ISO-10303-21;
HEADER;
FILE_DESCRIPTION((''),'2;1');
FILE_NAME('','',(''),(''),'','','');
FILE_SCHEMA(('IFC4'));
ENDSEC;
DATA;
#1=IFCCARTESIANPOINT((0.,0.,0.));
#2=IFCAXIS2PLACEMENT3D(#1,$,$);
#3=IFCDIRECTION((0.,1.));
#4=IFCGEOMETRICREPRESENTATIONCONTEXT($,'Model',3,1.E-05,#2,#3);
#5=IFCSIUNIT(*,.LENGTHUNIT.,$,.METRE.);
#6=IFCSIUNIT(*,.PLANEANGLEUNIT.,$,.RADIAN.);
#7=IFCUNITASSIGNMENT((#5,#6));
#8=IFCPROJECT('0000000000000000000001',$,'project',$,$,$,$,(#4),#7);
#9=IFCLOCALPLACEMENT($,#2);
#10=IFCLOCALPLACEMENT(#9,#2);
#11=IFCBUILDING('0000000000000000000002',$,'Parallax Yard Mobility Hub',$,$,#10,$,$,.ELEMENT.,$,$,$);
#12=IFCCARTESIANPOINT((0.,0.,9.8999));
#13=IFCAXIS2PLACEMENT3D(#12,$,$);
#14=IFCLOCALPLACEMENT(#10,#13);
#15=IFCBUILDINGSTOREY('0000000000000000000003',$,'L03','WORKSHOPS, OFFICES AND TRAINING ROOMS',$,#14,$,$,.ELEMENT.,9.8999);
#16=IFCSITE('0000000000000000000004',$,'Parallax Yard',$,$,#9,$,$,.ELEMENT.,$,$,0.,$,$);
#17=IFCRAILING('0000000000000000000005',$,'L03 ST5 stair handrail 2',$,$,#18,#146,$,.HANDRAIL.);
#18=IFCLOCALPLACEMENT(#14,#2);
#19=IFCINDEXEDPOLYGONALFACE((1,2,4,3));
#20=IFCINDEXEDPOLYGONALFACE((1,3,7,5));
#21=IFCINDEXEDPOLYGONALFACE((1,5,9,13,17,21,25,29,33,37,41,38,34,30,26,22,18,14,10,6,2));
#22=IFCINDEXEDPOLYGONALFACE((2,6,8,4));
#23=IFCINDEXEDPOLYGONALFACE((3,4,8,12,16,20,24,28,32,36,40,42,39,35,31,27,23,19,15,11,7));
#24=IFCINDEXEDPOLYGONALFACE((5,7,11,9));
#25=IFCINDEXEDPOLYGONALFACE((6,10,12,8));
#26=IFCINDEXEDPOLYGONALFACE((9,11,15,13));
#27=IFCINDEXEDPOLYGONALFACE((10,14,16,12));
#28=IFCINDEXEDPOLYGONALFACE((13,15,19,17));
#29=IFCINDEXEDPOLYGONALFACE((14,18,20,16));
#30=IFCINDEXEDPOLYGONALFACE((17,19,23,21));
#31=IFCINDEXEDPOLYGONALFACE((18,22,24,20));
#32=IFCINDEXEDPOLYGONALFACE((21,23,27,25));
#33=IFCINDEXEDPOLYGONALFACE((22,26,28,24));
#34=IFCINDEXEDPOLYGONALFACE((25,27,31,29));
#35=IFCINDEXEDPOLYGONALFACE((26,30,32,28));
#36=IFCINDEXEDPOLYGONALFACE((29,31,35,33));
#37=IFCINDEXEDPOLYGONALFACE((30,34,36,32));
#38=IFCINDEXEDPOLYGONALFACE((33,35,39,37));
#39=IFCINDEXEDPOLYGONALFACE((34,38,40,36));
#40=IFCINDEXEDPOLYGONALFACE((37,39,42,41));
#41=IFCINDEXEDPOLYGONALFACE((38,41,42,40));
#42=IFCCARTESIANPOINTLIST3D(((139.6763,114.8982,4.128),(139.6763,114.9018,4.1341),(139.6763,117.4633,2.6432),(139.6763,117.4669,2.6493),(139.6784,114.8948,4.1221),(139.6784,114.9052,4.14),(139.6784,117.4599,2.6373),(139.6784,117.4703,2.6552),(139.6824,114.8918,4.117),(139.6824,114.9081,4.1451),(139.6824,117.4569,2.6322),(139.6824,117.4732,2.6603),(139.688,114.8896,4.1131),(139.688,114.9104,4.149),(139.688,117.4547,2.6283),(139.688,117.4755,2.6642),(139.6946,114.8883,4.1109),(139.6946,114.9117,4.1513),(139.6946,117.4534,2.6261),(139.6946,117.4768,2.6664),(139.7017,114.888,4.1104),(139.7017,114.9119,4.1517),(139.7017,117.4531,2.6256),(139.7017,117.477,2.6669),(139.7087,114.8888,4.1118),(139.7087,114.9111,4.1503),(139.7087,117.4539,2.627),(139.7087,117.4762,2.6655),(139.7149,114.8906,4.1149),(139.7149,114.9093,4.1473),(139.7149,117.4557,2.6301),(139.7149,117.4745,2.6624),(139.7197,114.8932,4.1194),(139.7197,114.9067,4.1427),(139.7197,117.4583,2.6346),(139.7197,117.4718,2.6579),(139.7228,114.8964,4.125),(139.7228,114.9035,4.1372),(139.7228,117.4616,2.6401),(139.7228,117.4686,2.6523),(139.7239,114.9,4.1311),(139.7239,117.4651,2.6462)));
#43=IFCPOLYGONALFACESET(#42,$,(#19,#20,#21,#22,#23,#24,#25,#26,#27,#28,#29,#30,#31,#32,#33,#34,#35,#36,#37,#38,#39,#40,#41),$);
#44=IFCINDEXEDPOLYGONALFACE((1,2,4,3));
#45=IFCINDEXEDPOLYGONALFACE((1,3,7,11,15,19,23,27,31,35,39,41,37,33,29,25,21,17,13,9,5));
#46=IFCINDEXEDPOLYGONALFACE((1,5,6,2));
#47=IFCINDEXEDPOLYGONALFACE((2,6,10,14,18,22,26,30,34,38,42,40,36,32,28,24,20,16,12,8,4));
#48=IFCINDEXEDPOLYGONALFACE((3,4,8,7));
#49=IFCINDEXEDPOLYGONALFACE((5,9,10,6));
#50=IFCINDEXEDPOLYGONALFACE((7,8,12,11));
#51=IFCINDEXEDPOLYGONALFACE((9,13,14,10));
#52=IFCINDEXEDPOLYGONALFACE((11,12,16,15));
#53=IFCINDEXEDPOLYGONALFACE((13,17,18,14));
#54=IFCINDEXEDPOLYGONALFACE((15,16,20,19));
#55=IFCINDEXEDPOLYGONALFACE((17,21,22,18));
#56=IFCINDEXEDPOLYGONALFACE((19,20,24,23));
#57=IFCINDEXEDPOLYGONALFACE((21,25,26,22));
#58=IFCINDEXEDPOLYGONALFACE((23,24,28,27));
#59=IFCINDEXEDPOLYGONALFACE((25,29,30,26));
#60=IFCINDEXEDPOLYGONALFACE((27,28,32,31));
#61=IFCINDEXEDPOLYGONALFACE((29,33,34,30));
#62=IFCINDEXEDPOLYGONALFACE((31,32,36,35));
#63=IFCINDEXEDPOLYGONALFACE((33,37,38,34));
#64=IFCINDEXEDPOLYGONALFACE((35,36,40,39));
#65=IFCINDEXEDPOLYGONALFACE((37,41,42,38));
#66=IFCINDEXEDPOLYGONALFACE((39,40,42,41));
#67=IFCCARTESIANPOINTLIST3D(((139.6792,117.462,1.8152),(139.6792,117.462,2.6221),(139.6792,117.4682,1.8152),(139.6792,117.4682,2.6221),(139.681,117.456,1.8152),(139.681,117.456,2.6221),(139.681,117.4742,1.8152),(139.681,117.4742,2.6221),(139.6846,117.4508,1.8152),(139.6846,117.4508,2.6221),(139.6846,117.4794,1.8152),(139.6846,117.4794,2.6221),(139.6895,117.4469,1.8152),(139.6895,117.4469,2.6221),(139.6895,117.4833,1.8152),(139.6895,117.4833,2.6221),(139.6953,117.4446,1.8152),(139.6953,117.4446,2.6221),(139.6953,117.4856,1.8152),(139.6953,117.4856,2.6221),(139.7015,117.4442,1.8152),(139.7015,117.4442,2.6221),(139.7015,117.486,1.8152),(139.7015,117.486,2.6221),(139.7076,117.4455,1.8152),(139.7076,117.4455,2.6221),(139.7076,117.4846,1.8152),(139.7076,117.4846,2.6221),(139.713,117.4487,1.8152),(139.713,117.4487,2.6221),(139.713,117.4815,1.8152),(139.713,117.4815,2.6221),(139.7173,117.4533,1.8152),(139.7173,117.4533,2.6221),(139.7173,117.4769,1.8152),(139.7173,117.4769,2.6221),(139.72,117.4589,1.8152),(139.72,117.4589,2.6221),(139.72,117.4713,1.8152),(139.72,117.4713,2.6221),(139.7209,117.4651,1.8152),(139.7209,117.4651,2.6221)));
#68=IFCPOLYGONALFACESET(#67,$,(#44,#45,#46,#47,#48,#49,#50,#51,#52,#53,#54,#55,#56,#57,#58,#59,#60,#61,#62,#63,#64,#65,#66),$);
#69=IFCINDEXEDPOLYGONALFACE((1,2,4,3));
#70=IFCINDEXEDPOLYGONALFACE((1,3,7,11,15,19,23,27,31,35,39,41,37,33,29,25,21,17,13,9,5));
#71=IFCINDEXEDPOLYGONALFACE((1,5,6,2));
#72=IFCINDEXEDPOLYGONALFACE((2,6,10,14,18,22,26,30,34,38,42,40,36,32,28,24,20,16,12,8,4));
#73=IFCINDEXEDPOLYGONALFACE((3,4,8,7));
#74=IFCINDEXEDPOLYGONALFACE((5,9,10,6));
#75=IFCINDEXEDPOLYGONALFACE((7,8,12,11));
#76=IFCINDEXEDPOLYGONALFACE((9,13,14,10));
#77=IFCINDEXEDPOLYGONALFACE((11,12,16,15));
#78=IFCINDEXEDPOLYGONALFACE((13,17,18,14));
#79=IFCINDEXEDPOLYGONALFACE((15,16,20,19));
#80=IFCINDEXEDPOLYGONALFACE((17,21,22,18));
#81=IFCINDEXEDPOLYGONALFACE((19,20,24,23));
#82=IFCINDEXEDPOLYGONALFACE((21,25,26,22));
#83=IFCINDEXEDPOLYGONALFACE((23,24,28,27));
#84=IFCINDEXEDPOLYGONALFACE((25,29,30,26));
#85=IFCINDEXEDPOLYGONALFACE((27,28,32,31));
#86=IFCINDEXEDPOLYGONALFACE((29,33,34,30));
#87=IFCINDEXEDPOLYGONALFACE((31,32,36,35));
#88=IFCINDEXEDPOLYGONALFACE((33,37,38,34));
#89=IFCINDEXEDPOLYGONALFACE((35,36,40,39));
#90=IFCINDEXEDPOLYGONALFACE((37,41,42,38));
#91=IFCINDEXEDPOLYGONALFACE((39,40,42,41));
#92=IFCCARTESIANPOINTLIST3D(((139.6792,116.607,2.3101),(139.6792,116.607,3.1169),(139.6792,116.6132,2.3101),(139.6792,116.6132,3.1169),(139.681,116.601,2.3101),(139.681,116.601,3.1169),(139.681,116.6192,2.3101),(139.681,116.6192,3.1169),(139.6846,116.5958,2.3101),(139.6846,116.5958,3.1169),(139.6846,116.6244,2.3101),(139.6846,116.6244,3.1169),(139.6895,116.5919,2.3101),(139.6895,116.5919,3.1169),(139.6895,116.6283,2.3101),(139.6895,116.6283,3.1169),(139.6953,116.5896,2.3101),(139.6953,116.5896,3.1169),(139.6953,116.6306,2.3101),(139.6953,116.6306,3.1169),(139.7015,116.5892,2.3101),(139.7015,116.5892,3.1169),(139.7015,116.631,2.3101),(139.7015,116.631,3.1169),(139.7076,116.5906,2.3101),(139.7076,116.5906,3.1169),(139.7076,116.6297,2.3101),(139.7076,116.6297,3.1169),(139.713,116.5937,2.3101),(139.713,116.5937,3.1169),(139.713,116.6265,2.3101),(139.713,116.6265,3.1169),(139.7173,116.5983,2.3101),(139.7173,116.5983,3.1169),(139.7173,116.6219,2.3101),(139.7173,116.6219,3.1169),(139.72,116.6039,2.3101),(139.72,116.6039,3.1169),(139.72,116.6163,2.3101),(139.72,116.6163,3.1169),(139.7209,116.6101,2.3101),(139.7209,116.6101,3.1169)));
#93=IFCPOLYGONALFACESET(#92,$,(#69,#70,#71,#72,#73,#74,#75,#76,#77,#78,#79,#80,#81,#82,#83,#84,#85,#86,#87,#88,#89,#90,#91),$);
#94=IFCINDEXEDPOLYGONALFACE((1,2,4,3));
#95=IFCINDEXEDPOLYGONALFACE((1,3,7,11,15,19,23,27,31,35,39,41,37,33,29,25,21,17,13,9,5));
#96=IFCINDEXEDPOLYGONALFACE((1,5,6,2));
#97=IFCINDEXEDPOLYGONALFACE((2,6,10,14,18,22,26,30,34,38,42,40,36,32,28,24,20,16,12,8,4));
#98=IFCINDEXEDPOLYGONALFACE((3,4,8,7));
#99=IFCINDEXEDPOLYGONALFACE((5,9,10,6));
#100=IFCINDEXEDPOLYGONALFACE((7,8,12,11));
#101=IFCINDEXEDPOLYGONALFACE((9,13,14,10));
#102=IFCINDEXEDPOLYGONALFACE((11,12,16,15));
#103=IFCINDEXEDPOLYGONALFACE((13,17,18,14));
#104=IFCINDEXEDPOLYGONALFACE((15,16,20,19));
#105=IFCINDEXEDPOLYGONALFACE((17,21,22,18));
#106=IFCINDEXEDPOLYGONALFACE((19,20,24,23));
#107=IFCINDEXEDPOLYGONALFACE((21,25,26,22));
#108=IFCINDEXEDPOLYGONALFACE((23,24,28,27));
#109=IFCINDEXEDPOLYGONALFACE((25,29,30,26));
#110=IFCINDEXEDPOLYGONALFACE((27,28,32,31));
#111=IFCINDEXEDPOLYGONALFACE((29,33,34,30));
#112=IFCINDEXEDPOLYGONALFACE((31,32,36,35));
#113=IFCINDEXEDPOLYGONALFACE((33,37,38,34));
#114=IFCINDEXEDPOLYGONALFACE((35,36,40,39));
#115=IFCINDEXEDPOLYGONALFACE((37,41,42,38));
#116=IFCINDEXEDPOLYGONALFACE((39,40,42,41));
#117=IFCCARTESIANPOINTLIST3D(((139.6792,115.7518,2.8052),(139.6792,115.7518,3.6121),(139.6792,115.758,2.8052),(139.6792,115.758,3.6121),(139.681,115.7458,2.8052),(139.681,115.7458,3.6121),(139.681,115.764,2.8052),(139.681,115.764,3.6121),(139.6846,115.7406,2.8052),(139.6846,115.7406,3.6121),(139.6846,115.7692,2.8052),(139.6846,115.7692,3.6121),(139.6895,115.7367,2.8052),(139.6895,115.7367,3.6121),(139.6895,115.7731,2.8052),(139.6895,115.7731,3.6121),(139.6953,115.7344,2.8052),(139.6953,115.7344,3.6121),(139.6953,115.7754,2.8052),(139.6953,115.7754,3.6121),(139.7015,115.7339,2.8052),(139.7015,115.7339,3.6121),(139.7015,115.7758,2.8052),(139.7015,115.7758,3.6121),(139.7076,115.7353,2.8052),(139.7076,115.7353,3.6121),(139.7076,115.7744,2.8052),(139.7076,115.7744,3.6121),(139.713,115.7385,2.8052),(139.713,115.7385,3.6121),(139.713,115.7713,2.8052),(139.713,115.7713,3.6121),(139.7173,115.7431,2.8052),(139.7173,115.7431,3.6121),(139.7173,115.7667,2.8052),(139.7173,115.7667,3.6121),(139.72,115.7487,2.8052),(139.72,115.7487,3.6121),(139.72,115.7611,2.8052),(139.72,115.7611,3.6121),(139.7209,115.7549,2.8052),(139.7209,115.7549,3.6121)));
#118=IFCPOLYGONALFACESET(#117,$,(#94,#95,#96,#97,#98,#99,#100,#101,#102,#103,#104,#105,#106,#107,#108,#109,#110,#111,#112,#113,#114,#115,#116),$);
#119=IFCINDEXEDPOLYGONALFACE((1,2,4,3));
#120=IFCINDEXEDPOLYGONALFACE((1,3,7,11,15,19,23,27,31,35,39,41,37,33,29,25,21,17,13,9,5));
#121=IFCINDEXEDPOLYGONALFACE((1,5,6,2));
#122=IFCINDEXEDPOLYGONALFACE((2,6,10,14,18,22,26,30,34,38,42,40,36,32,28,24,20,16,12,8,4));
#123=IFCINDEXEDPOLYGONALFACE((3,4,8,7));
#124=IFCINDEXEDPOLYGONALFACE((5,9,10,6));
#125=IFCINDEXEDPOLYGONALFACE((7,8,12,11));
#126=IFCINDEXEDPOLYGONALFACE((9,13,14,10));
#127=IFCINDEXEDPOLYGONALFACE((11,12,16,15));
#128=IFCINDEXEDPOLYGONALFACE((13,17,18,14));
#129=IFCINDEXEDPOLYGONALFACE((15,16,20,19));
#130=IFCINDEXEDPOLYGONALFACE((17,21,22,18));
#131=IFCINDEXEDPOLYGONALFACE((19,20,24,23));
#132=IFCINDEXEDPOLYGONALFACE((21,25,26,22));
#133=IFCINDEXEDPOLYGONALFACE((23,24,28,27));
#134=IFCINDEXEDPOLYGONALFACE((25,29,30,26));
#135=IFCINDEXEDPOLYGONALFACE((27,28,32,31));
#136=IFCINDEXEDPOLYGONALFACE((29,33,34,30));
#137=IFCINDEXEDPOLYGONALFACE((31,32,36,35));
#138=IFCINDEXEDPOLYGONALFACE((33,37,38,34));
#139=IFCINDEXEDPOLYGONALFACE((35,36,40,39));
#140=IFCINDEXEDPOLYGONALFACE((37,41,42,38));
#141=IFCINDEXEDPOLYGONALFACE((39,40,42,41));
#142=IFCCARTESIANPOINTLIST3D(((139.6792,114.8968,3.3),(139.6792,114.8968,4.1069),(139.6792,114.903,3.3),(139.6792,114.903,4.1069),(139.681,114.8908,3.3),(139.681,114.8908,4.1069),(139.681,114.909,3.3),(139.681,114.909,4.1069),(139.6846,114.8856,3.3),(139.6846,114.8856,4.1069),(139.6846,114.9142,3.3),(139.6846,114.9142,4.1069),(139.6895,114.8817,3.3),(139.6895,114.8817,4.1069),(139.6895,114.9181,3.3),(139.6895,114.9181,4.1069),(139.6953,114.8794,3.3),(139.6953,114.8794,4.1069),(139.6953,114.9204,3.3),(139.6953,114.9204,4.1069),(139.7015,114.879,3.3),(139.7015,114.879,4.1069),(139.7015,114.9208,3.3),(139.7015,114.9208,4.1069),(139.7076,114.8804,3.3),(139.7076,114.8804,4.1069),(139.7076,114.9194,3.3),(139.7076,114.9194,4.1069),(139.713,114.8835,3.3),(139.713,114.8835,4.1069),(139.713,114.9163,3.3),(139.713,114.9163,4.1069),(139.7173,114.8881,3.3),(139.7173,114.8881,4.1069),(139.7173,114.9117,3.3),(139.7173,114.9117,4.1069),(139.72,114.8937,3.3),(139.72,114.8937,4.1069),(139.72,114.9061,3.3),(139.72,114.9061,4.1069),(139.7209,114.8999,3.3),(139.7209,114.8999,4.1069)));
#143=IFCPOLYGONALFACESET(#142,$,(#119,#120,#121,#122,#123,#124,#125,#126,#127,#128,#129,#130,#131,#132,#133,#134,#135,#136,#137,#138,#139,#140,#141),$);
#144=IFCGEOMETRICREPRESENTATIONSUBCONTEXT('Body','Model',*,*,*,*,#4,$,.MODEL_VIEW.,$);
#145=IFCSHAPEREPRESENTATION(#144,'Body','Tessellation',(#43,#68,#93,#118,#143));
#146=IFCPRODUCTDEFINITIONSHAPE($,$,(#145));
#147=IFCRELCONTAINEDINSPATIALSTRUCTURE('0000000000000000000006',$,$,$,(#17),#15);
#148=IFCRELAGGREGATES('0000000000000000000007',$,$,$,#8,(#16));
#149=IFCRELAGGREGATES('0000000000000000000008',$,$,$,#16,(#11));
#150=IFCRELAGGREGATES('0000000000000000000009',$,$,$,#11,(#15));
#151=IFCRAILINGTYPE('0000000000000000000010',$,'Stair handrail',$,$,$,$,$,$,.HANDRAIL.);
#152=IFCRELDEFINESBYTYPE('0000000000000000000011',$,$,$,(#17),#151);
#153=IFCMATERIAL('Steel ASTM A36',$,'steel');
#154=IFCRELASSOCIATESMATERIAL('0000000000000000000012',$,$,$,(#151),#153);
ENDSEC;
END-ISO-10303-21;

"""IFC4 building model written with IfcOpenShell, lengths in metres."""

from ifc_helpers import new_model, si_unit, direction, frame, origin, origin_2d, place, context, subcontext, project, spatial, circle, extrude, material, type_object, element, save


model = new_model("IFC4")

# Units and contexts
model_context = context("Model", 3, precision=1e-05, world=origin(), true_north=direction((0.0, 1.0)))
body_context = subcontext(model_context, "Body", "Model", "MODEL_VIEW")
ifc_project = project(units=[si_unit("LENGTHUNIT", "METRE"), si_unit("PLANEANGLEUNIT", "RADIAN")], contexts=[model_context])

# Site, building, storey
site_placement = place(None, origin())
site = spatial("IfcSite", under=ifc_project, at=site_placement, Name="Parallax Yard", CompositionType="ELEMENT", RefElevation=0.0)
building_placement = place(site_placement, origin())
building = spatial("IfcBuilding", under=site, at=building_placement, Name="Parallax Yard Mobility Hub", CompositionType="ELEMENT")
storey_placement = place(building_placement, frame((0.0, 0.0, 9.8999)))
storey = spatial("IfcBuildingStorey", under=building, at=storey_placement, Name="L03", Description="WORKSHOPS, OFFICES AND TRAINING ROOMS", CompositionType="ELEMENT", Elevation=9.8999)

# Railing
ifc_material_1 = material(Name="Steel ASTM A36", Category="steel")
railing_type_1 = type_object("IfcRailingType", Name="Stair handrail", PredefinedType="HANDRAIL", material=ifc_material_1)
railing_1_placement = place(storey_placement, frame((139.7, 117.4651, 1.8152)))
element("IfcRailing", 1, at=railing_1_placement, inside=storey, type_object=railing_type_1, Name="L03 ST5 stair handrail 2", PredefinedType="HANDRAIL", context=body_context, shape_type="SweptSolid", body=[
    extrude(circle(Radius=0.0239, at=origin_2d()), frame((0.0, 0.0, 0.8311), z_axis=(0.0, -0.865462, 0.500975), x_axis=(1.0, 0.0, 0.0)), (0.0, 0.0, 1.0), 2.9639),
    extrude(circle(Radius=0.021, at=origin_2d()), origin(), (0.0, 0.0, 1.0), 0.8069),
    extrude(circle(Radius=0.021, at=origin_2d()), frame((0.0, -0.855, 0.4949)), (0.0, 0.0, 1.0), 0.8069),
    extrude(circle(Radius=0.021, at=origin_2d()), frame((0.0, -1.7102, 0.99)), (0.0, 0.0, 1.0), 0.8069),
    extrude(circle(Radius=0.021, at=origin_2d()), frame((0.0, -2.5652, 1.4849)), (0.0, 0.0, 1.0), 0.8069),
])

save(model, "model.ifc")
